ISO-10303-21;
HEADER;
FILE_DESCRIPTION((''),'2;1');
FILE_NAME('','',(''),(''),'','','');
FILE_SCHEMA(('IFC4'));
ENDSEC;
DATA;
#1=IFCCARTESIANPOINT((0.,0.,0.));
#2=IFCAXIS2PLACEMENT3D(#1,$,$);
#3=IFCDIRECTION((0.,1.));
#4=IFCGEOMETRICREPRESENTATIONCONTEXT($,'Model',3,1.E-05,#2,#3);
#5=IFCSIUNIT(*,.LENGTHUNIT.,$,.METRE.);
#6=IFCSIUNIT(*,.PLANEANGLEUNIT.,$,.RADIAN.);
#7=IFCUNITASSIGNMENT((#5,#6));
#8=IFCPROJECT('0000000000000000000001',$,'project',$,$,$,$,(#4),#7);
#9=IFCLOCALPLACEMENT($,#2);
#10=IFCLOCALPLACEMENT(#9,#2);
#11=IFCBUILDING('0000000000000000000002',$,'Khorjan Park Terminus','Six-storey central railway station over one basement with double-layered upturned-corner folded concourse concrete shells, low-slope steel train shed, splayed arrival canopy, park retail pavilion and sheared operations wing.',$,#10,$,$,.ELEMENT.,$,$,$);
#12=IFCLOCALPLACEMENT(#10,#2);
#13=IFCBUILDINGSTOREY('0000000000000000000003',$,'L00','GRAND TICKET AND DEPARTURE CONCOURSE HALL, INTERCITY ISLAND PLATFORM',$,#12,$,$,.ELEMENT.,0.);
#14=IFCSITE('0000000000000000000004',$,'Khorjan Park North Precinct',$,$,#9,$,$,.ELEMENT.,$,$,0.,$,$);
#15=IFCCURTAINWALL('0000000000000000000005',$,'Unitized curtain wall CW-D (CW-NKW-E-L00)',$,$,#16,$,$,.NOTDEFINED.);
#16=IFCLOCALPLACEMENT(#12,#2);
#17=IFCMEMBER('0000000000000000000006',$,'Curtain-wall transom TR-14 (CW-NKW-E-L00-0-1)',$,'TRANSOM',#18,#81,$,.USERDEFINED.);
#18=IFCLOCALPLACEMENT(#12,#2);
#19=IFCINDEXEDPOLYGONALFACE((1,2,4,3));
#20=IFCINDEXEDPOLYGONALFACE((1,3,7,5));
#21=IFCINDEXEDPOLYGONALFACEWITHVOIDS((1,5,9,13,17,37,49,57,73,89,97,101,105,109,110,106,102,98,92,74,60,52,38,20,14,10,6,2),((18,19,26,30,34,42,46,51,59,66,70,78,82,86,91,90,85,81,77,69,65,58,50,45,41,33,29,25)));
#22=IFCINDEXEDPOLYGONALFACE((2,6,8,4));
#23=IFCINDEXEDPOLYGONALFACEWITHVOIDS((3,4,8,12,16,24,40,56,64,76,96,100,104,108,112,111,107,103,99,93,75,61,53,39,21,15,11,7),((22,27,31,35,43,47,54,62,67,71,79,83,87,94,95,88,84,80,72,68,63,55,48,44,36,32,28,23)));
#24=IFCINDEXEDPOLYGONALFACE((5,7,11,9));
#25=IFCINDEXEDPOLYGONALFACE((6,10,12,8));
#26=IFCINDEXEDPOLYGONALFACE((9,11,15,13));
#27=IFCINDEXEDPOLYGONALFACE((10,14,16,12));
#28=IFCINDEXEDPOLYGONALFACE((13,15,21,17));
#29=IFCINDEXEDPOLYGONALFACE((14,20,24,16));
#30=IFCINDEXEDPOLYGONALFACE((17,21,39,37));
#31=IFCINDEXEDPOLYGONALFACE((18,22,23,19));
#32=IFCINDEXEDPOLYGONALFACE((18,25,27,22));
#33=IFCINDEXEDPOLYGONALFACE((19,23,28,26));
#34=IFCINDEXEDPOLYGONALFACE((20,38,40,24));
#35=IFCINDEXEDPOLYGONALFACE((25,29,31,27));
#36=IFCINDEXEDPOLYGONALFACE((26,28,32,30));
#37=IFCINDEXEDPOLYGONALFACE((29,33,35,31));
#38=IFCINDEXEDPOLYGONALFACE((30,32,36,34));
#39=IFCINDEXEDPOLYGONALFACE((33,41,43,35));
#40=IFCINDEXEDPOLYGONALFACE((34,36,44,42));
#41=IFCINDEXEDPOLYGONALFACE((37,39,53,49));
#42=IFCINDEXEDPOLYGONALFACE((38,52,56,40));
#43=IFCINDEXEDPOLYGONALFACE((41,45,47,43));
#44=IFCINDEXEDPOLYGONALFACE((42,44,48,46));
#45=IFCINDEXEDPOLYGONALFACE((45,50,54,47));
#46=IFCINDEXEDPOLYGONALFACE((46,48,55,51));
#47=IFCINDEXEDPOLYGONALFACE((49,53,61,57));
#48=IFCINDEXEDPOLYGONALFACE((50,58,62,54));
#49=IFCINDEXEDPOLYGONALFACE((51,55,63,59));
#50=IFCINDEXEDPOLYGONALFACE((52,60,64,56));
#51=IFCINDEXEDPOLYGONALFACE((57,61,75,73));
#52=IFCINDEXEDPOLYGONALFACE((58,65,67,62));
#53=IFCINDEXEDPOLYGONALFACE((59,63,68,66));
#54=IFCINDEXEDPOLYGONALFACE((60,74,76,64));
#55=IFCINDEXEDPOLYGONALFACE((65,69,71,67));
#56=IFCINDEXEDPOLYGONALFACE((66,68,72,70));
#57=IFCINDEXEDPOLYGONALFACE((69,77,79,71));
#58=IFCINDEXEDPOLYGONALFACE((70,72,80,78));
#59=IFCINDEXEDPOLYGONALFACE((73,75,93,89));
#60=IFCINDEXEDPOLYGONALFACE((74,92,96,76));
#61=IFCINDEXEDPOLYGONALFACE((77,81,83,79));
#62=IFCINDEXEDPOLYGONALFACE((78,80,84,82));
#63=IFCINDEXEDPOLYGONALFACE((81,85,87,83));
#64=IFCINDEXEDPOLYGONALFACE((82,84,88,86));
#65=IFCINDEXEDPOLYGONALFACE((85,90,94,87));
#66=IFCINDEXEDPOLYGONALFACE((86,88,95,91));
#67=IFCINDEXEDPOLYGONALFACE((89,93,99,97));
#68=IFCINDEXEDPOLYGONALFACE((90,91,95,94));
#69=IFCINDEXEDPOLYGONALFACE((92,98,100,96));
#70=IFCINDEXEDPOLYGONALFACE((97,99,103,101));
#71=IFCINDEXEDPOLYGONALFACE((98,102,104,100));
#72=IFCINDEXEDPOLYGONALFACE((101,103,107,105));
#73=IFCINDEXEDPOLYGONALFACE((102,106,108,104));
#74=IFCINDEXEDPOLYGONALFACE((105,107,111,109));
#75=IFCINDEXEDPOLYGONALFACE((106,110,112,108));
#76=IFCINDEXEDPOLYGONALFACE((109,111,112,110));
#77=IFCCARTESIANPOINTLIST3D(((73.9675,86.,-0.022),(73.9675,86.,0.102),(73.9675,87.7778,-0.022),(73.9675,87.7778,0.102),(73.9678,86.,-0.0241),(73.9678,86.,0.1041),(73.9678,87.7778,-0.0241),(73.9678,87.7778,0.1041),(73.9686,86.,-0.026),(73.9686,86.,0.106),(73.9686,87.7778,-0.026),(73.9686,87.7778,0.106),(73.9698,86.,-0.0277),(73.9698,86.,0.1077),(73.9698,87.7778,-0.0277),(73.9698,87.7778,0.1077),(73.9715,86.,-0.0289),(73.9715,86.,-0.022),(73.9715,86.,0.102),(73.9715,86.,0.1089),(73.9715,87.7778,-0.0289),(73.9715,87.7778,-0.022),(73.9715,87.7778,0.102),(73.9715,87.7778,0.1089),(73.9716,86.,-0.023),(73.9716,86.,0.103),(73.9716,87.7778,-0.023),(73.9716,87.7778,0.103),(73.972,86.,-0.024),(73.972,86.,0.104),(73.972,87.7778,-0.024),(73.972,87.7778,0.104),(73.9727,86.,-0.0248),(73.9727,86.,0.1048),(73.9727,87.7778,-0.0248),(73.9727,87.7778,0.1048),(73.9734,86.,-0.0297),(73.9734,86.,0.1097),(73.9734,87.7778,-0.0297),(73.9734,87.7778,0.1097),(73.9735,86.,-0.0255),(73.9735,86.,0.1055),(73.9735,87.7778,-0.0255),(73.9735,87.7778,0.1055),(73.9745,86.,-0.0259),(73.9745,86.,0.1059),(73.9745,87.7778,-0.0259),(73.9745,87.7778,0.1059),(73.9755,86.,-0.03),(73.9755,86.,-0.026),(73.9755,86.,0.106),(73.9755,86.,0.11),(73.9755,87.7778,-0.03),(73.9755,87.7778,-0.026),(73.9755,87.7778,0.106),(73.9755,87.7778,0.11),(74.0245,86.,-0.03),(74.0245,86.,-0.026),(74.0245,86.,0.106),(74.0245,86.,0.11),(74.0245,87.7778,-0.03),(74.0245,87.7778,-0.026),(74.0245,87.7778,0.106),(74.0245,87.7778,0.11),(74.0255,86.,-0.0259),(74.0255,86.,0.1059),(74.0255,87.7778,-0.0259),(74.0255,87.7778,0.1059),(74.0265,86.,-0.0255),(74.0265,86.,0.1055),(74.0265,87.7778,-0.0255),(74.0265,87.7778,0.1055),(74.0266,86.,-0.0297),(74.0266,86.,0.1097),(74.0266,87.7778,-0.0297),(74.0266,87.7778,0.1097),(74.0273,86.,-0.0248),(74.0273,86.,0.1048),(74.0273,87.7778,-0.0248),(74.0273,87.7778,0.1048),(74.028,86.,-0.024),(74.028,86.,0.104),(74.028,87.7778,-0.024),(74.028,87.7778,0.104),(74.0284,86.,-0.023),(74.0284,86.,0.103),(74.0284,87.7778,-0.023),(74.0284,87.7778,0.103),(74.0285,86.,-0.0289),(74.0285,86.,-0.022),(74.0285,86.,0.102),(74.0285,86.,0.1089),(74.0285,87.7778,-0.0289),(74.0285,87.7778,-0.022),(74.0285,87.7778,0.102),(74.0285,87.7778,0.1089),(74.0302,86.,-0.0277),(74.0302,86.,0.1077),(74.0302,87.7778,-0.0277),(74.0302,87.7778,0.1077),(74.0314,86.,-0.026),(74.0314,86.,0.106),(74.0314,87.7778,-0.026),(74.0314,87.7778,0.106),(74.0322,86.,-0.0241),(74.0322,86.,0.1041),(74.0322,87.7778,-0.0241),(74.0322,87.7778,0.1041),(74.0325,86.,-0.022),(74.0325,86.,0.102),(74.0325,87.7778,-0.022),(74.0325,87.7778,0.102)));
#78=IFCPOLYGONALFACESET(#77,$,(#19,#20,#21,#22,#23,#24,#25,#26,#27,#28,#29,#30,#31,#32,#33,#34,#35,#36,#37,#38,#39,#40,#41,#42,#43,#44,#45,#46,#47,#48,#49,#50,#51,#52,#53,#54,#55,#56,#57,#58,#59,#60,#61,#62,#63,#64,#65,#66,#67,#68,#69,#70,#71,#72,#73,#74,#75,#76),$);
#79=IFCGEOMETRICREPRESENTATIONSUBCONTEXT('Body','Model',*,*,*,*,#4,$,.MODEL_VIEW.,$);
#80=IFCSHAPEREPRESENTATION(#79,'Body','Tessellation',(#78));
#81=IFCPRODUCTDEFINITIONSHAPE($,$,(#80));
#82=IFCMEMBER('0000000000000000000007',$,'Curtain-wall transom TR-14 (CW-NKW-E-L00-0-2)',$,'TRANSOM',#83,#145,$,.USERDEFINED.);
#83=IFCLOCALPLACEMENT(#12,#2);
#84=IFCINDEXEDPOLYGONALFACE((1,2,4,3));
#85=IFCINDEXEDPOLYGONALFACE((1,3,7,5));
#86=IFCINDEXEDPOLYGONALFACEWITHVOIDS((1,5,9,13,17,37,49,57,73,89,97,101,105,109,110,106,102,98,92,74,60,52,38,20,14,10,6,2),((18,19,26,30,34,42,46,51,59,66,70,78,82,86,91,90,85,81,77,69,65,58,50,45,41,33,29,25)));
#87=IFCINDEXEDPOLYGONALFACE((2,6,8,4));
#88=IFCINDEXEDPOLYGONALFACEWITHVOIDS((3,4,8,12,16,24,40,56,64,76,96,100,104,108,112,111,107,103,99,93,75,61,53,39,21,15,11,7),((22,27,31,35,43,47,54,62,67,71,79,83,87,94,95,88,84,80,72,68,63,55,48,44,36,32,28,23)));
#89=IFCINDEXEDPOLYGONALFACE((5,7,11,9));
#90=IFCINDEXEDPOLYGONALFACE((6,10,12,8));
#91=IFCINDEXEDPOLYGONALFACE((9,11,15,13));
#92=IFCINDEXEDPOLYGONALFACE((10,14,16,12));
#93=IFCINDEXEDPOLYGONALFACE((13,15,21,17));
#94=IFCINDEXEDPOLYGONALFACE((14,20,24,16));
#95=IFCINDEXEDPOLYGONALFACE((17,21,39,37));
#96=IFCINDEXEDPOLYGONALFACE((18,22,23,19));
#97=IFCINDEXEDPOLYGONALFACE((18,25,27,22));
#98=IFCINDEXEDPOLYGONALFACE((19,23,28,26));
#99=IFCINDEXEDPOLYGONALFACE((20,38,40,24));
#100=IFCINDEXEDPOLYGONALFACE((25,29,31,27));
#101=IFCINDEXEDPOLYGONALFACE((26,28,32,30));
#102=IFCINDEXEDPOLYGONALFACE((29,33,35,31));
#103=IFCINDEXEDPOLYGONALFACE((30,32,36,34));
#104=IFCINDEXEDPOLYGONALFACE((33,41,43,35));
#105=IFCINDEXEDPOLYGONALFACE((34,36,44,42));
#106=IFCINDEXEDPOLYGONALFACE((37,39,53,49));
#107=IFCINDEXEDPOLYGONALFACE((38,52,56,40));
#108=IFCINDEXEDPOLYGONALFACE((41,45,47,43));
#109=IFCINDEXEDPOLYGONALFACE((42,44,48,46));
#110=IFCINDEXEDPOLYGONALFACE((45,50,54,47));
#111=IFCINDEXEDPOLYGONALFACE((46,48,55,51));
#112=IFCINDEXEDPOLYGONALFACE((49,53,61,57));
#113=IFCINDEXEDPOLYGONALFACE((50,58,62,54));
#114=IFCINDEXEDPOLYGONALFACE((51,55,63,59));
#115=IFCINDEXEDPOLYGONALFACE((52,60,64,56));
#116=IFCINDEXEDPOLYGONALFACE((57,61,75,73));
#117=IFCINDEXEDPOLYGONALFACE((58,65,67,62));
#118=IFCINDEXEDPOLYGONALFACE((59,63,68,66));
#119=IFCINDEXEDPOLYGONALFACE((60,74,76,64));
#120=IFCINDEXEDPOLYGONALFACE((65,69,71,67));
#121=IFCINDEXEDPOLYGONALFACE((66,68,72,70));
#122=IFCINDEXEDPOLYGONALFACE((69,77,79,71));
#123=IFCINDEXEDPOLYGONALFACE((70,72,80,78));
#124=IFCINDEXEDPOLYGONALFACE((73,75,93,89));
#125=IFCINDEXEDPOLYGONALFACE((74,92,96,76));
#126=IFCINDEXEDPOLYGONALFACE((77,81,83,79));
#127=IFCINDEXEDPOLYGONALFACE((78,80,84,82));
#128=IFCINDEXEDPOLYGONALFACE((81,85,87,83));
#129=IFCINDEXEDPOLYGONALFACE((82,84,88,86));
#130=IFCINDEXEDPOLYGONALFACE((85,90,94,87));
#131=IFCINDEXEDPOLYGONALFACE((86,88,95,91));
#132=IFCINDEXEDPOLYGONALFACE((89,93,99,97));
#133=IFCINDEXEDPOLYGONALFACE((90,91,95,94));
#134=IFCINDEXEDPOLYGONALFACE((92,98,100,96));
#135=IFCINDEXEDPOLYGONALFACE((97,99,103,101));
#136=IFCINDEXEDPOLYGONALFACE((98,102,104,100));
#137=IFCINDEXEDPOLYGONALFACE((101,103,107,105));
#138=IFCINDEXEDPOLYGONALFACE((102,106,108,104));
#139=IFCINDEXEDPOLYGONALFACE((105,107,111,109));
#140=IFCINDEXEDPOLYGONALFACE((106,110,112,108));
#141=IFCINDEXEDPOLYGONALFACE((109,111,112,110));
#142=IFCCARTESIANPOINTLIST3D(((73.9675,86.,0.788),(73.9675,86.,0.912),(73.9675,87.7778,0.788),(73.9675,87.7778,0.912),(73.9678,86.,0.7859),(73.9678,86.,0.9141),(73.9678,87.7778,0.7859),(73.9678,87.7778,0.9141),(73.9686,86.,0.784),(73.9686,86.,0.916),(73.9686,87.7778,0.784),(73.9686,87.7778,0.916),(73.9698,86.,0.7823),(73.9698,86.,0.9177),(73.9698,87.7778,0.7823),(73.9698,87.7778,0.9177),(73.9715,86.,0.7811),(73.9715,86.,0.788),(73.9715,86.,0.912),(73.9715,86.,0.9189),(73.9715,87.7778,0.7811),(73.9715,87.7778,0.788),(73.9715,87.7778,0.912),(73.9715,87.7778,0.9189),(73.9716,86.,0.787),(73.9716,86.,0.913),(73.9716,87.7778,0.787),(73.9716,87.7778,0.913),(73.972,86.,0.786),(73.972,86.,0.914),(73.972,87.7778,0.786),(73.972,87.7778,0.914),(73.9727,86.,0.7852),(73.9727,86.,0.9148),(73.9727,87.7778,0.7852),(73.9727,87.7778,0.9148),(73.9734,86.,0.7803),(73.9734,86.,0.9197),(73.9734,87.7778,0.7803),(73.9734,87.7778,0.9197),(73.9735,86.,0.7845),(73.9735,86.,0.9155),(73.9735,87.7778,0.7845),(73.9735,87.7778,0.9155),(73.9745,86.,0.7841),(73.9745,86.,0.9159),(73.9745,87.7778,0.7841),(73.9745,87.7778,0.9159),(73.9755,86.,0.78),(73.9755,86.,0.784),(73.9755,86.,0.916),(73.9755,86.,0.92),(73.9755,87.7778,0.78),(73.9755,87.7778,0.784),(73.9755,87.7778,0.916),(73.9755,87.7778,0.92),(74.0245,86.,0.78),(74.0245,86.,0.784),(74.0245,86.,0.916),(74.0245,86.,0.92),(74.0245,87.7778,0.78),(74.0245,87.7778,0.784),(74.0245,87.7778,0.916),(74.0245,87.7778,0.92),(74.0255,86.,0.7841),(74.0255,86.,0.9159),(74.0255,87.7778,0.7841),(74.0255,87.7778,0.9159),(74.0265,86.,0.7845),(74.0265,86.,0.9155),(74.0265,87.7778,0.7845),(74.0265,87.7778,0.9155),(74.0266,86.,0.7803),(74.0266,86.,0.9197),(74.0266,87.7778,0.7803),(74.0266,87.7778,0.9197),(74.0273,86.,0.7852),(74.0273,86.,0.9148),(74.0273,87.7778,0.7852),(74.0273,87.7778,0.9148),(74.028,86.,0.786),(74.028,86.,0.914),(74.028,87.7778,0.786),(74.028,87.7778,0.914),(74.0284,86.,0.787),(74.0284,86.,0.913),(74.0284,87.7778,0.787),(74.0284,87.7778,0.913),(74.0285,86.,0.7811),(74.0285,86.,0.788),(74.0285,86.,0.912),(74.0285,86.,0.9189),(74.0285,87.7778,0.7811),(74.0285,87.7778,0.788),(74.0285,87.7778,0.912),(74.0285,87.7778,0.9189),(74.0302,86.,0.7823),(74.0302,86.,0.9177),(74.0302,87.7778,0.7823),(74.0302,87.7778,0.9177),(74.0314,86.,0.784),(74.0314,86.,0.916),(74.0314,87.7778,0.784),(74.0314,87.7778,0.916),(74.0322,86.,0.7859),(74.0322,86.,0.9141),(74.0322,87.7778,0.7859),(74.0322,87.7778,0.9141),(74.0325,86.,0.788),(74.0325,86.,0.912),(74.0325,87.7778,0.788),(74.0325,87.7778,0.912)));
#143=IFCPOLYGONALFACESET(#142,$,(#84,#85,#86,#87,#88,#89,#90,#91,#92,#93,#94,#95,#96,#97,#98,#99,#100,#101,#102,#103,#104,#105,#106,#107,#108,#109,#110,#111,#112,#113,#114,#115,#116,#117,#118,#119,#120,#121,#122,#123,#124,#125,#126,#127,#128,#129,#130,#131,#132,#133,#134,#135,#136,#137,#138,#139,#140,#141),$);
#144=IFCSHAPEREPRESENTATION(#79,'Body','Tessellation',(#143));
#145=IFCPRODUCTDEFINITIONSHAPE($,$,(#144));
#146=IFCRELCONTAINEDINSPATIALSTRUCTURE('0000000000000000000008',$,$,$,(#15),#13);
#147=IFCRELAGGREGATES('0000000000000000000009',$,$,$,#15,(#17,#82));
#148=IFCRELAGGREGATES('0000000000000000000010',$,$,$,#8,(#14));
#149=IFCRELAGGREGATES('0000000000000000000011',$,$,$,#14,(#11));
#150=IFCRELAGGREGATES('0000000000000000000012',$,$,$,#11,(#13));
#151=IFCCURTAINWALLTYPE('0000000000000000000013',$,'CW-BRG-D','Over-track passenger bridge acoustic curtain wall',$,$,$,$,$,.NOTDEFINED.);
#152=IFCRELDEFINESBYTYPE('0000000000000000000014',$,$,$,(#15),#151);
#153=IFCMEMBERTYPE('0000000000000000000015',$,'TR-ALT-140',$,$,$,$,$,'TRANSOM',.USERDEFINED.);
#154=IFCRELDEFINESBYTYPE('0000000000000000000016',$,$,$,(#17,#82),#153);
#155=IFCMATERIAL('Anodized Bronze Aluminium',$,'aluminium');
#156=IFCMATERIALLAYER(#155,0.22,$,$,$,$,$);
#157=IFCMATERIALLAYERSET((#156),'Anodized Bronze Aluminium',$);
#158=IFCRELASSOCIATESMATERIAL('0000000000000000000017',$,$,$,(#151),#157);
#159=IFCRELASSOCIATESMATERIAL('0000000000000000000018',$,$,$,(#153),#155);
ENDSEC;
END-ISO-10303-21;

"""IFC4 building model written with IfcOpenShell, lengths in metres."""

from ifc_helpers import new_model, si_unit, direction, frame, origin, origin_2d, place, context, subcontext, project, spatial, hollow_rectangle, extrude, material, layer, layer_set, material_profile, profile_set, type_object, element, aggregate, save


model = new_model("IFC4")

# Units and contexts
model_context = context("Model", 3, precision=1e-05, world=origin(), true_north=direction((0.0, 1.0)))
body_context = subcontext(model_context, "Body", "Model", "MODEL_VIEW")
ifc_project = project(units=[si_unit("LENGTHUNIT", "METRE"), si_unit("PLANEANGLEUNIT", "RADIAN")], contexts=[model_context])

# Site, building, storey
site_placement = place(None, origin())
site = spatial("IfcSite", under=ifc_project, at=site_placement, Name="Khorjan Park North Precinct", CompositionType="ELEMENT", RefElevation=0.0)
building_placement = place(site_placement, origin())
building = spatial("IfcBuilding", under=site, at=building_placement, Name="Khorjan Park Terminus", Description="Six-storey central railway station over one basement with double-layered upturned-corner folded concourse concrete shells, low-slope steel train shed, splayed arrival canopy, park retail pavilion and sheared operations wing.", CompositionType="ELEMENT")
storey_placement = place(building_placement, origin())
storey = spatial("IfcBuildingStorey", under=building, at=storey_placement, Name="L00", Description="GRAND TICKET AND DEPARTURE CONCOURSE HALL, INTERCITY ISLAND PLATFORM", CompositionType="ELEMENT", Elevation=0.0)

# Curtain wall, members
ifc_material_1 = material(Name="Anodized Bronze Aluminium", Category="aluminium")
ifc_layer_1 = layer(ifc_material_1, 0.22)
ifc_layer_set_1 = layer_set([ifc_layer_1], Name="Anodized Bronze Aluminium")
curtain_wall_type = type_object("IfcCurtainWallType", Name="CW-BRG-D", Description="Over-track passenger bridge acoustic curtain wall", PredefinedType="NOTDEFINED", material=ifc_layer_set_1)
curtain_wall_placement = place(storey_placement, origin())
curtain_wall = element("IfcCurtainWall", 1, at=curtain_wall_placement, inside=storey, type_object=curtain_wall_type, Name="Unitized curtain wall CW-D (CW-NKW-E-L00)", PredefinedType="NOTDEFINED")
ifc_material_profile_1 = material_profile(ifc_material_1, hollow_rectangle(XDim=0.065, YDim=0.14, WallThickness=0.004, InnerFilletRadius=0.004, OuterFilletRadius=0.008, at=origin_2d()), Name="ALT 65x140x4")
ifc_profile_set_1 = profile_set([ifc_material_profile_1], Name="Anodized Bronze Aluminium")
member_type_1 = type_object("IfcMemberType", Name="TR-ALT-140", ElementType="TRANSOM", PredefinedType="USERDEFINED", material=ifc_profile_set_1)
member_1_placement = place(storey_placement, frame((74.0, 86.0, 0.04), z_axis=(0.0, 1.0, 0.0), x_axis=(-1.0, 0.0, 0.0)))
member_1 = element("IfcMember", 2, at=member_1_placement, type_object=member_type_1, Name="Curtain-wall transom TR-14 (CW-NKW-E-L00-0-1)", ObjectType="TRANSOM", PredefinedType="USERDEFINED", context=body_context, shape_type="SweptSolid", body=[
    extrude(hollow_rectangle(XDim=0.065, YDim=0.14, WallThickness=0.004, InnerFilletRadius=0.004, OuterFilletRadius=0.008, at=origin_2d()), origin(), (0.0, 0.0, 1.0), 1.7778),
])
member_2_placement = place(storey_placement, frame((74.0, 86.0, 0.85), z_axis=(0.0, 1.0, 0.0), x_axis=(-1.0, 0.0, 0.0)))
member_2 = element("IfcMember", 3, at=member_2_placement, type_object=member_type_1, Name="Curtain-wall transom TR-14 (CW-NKW-E-L00-0-2)", ObjectType="TRANSOM", PredefinedType="USERDEFINED", context=body_context, shape_type="SweptSolid", body=[
    extrude(hollow_rectangle(XDim=0.065, YDim=0.14, WallThickness=0.004, InnerFilletRadius=0.004, OuterFilletRadius=0.008, at=origin_2d()), origin(), (0.0, 0.0, 1.0), 1.7778),
])
aggregate(curtain_wall, [member_1, member_2])

save(model, "model.ifc")
